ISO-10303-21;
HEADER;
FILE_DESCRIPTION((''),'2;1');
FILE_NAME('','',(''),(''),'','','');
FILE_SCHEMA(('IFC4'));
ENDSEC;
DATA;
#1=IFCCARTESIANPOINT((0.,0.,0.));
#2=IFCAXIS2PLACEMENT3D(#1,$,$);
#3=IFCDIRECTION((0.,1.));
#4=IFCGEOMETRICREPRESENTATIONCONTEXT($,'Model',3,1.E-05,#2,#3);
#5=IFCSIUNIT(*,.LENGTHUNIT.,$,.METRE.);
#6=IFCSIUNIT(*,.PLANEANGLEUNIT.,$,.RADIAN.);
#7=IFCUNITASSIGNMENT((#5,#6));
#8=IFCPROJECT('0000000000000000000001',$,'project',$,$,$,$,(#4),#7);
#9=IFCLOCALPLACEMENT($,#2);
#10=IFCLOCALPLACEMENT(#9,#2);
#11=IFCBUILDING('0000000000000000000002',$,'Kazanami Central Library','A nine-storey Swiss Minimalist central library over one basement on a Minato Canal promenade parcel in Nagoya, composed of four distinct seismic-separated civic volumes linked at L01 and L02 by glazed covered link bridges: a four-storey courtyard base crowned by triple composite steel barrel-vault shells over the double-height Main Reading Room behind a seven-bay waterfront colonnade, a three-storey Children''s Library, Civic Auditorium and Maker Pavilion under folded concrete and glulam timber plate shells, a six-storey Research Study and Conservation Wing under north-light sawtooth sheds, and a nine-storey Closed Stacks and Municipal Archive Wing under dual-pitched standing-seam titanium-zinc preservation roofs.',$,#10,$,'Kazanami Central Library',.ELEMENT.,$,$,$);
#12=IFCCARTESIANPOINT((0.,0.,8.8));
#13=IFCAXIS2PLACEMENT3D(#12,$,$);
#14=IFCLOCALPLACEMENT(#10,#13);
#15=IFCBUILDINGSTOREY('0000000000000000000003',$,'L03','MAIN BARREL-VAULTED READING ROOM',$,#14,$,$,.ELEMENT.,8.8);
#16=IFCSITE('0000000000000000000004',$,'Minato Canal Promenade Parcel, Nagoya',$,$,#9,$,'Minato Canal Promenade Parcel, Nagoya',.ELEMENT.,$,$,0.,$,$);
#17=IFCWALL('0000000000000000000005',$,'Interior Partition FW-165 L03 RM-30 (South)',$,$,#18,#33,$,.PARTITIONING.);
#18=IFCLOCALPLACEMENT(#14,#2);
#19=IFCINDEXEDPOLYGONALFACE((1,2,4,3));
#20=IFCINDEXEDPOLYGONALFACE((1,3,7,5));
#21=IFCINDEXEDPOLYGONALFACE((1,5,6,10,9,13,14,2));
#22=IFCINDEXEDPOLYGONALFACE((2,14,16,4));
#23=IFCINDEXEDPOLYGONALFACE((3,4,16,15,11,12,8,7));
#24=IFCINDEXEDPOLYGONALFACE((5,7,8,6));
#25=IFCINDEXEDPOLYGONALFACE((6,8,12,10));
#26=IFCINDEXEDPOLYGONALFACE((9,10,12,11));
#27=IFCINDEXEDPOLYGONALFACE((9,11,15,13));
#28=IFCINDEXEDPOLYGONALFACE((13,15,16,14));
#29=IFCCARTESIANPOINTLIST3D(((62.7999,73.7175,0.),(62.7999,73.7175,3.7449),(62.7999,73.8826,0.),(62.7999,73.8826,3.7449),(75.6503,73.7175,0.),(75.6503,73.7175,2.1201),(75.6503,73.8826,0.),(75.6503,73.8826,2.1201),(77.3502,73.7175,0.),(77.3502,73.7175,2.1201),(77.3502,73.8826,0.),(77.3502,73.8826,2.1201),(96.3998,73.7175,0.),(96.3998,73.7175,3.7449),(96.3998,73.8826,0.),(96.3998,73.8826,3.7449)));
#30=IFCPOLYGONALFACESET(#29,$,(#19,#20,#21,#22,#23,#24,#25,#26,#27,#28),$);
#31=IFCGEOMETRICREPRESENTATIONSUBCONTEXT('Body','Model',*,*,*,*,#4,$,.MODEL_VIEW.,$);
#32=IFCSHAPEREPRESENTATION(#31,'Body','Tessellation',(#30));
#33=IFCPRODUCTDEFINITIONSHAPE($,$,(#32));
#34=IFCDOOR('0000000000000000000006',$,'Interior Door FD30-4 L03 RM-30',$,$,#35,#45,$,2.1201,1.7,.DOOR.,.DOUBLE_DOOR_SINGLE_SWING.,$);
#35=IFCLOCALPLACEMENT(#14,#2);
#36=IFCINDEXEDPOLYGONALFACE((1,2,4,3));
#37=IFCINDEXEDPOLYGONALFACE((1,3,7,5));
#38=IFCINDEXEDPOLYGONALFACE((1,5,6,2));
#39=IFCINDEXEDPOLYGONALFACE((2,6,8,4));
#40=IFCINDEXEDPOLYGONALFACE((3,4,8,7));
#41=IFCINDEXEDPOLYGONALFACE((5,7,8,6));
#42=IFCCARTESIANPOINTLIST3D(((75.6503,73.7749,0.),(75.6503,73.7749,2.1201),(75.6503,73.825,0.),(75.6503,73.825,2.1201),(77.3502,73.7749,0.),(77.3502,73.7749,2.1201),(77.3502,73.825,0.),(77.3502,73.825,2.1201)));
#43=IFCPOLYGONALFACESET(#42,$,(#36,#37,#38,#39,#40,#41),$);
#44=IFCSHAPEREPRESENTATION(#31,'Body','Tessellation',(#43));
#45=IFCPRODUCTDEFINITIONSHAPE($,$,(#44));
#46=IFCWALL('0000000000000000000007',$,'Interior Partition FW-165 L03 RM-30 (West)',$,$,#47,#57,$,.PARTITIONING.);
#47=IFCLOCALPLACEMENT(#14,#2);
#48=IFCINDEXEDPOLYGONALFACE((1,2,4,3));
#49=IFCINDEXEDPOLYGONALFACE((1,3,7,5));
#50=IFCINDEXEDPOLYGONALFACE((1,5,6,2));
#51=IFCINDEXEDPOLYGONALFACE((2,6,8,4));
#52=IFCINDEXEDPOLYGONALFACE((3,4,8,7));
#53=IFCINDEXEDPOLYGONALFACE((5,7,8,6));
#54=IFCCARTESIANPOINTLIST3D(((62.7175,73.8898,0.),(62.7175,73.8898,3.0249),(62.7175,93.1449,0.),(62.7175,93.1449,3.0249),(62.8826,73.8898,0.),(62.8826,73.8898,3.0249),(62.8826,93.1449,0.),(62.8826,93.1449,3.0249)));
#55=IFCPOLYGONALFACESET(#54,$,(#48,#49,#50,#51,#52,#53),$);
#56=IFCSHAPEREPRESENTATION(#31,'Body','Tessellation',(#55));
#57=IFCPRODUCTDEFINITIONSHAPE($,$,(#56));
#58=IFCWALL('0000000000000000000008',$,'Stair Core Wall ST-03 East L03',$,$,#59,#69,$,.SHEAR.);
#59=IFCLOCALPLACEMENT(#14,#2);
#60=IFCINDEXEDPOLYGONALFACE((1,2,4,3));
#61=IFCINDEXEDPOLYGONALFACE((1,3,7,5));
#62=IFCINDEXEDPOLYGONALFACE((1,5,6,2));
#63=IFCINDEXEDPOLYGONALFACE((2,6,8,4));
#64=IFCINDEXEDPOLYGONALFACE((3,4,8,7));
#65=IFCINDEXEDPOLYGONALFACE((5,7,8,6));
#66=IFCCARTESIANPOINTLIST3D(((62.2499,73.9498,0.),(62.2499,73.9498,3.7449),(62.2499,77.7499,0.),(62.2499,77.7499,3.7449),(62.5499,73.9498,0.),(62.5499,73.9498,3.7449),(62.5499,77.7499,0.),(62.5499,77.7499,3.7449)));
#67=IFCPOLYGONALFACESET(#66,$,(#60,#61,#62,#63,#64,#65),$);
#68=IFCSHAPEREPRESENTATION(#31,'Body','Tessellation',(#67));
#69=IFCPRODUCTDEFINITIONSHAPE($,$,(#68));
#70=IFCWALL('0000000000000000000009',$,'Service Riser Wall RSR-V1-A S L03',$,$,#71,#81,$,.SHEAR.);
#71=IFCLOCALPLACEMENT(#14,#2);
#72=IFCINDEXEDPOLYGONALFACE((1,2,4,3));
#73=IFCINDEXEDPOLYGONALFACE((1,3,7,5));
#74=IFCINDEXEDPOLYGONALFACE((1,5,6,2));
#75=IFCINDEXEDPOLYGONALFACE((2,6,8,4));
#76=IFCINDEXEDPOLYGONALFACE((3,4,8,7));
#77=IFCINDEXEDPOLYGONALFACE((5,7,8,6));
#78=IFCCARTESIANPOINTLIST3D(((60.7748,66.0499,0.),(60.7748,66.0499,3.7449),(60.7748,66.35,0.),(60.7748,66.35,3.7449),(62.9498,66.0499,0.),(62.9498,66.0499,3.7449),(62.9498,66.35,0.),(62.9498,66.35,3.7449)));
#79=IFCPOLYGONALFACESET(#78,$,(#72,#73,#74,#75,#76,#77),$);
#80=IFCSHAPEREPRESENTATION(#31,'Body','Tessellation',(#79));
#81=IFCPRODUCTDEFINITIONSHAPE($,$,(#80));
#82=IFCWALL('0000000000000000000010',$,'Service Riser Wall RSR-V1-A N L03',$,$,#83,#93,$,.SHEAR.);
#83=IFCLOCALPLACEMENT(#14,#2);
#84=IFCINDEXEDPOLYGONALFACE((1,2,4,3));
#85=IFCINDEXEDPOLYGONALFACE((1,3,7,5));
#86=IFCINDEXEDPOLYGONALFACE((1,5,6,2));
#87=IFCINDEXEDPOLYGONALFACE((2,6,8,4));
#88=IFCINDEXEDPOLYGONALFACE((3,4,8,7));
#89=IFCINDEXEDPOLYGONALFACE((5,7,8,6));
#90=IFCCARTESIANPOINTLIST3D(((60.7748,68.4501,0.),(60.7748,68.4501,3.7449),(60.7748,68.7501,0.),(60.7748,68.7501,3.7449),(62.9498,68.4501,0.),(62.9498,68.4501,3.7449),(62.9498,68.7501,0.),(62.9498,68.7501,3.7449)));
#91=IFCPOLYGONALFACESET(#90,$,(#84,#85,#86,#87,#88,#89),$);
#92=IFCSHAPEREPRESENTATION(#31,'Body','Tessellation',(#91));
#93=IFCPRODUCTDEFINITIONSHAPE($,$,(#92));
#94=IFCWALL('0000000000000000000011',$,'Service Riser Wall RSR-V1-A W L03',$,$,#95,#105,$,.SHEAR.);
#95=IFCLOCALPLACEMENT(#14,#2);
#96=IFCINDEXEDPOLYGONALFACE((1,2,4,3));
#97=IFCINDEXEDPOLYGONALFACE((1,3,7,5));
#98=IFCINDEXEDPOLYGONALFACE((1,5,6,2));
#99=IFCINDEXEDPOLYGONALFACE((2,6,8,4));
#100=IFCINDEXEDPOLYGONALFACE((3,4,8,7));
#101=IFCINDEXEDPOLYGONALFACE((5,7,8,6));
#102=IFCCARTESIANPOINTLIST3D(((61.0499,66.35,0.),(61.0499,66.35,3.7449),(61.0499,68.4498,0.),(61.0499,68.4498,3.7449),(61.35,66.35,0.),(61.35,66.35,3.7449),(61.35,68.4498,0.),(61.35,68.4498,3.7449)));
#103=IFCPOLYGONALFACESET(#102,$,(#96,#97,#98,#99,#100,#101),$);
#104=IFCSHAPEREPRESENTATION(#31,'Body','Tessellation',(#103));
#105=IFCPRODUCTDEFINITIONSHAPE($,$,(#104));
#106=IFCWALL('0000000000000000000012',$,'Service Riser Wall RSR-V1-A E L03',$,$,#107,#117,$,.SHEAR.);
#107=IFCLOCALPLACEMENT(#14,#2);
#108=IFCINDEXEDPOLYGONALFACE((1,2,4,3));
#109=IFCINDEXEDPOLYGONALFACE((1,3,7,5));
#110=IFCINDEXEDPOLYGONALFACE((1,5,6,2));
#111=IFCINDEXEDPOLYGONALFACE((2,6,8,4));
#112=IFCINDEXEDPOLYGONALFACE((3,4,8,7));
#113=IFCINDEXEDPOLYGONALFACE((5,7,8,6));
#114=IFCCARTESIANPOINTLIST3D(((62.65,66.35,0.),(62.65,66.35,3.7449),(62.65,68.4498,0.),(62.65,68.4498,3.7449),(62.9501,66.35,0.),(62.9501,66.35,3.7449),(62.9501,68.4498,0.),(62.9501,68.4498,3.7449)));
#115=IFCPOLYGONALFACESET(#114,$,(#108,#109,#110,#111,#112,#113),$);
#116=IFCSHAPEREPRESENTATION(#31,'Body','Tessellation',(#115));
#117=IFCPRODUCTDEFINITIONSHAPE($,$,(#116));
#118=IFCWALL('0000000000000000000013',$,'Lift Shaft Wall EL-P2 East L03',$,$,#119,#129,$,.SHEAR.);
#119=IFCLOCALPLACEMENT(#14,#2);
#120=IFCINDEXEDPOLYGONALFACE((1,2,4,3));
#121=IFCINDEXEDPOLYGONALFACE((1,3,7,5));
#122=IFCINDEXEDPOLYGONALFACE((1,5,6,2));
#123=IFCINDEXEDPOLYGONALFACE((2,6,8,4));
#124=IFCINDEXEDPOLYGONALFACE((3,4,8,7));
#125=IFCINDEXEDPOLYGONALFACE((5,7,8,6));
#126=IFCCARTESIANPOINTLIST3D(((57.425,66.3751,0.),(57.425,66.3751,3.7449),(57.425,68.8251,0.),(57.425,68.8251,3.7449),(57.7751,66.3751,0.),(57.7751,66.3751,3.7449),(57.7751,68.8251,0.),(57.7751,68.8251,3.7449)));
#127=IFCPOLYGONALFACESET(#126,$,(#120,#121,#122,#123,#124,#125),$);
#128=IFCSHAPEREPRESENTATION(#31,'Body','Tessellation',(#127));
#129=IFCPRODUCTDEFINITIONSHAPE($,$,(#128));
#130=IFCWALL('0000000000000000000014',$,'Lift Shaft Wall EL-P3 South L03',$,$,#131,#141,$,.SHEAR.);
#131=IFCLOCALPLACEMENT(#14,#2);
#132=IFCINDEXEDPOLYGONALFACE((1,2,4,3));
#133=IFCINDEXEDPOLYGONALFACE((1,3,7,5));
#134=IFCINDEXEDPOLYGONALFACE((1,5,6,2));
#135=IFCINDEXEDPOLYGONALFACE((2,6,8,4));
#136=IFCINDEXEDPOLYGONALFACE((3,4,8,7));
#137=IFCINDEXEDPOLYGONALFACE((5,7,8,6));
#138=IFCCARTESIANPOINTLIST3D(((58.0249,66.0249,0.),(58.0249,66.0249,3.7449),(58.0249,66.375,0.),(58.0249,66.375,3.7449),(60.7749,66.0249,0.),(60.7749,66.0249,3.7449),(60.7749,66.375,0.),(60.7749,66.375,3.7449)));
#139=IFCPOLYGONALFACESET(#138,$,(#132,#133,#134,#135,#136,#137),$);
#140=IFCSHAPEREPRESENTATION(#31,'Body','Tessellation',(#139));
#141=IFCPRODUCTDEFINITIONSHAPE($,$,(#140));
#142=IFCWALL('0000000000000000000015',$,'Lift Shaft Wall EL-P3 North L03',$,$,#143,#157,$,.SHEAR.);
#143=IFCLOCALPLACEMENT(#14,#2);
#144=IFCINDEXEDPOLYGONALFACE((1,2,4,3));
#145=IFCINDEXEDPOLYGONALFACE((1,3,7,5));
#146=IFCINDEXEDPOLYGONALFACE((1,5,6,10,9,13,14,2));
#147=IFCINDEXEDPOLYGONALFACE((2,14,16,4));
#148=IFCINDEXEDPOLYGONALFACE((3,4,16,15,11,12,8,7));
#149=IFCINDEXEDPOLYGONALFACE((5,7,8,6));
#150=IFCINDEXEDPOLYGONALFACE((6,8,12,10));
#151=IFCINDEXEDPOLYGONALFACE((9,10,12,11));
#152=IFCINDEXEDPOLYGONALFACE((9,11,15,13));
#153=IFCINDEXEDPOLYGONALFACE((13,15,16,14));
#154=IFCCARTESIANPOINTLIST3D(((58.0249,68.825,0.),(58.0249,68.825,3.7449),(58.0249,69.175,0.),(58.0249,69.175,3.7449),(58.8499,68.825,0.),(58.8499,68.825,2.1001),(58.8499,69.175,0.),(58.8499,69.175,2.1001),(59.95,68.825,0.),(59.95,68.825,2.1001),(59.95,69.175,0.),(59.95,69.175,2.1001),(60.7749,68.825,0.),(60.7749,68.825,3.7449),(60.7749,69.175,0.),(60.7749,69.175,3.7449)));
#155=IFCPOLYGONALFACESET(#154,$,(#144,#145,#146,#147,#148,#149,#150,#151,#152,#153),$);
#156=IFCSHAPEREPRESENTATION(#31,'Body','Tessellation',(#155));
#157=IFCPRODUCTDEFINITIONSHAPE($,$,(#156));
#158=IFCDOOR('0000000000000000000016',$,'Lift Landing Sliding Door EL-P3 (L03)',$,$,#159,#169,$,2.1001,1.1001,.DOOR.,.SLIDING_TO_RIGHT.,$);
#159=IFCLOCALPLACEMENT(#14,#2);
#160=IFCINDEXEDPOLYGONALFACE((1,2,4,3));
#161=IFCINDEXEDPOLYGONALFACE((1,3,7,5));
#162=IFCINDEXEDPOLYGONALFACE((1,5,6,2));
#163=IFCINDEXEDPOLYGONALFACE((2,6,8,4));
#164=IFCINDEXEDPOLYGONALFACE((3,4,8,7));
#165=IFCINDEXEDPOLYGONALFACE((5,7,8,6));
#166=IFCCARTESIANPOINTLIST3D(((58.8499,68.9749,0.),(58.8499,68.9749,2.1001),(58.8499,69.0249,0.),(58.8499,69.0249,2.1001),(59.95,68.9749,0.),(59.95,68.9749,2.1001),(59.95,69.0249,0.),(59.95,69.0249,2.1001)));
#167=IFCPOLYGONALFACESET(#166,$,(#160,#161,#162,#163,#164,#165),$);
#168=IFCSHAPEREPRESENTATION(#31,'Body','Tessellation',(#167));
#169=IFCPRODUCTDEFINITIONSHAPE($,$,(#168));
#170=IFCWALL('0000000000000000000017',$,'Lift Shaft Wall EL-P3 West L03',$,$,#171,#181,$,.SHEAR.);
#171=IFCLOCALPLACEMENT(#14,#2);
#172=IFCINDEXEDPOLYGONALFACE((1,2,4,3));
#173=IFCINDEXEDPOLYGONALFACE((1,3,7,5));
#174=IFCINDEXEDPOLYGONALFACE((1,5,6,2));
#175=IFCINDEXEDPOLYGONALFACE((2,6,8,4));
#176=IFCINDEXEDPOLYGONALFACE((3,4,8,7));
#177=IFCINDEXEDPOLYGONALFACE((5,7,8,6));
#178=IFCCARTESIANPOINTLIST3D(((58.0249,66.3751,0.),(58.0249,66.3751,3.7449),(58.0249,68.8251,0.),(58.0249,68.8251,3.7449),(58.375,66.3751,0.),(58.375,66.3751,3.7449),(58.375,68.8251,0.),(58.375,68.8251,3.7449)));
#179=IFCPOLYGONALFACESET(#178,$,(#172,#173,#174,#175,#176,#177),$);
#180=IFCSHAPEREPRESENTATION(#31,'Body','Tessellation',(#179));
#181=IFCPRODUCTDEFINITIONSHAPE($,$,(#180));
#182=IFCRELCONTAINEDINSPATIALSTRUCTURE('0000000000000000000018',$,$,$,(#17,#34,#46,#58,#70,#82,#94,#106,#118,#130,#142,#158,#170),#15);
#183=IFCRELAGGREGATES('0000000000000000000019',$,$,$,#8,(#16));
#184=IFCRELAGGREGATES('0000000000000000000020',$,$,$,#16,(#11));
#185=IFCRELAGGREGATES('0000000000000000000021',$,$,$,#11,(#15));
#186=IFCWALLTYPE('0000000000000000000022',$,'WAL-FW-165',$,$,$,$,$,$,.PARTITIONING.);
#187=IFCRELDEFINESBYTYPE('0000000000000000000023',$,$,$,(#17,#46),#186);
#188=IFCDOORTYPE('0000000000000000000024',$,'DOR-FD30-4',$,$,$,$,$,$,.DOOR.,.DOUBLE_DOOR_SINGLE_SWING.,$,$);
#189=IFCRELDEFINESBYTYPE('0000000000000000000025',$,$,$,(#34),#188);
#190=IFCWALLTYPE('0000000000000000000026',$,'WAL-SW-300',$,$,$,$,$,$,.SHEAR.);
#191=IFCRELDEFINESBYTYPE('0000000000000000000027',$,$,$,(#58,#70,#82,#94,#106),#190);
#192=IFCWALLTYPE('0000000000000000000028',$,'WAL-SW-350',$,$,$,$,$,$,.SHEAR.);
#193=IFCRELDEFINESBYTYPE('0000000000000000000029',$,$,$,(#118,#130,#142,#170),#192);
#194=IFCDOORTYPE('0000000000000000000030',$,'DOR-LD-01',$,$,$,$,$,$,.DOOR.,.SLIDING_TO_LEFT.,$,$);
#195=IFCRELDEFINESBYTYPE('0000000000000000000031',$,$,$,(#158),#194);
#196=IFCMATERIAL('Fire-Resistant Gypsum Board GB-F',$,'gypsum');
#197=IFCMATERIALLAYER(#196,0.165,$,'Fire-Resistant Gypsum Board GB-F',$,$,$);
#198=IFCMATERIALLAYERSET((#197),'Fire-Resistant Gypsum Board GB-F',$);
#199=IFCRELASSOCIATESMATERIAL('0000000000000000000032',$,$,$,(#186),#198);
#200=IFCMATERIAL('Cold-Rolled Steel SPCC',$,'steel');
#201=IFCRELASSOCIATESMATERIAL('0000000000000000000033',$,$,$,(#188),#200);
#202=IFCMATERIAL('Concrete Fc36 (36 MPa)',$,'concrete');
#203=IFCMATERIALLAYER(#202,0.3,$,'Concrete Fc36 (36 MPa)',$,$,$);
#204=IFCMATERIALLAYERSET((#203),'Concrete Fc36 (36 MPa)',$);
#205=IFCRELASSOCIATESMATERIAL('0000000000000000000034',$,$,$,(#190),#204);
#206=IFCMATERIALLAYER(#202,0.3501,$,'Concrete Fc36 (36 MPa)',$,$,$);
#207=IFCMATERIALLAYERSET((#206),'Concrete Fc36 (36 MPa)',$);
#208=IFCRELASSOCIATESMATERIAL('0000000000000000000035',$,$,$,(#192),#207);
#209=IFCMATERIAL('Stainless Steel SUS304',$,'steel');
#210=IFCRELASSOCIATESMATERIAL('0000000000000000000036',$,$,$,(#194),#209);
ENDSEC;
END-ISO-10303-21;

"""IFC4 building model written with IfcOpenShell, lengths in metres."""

from ifc_helpers import new_model, si_unit, direction, frame, frame_2d, origin, place, context, subcontext, project, spatial, rectangle, extrude, material, layer, layer_set, type_object, element, fill, save


model = new_model("IFC4")

# Units and contexts
model_context = context("Model", 3, precision=1e-05, world=origin(), true_north=direction((0.0, 1.0)))
body_context = subcontext(model_context, "Body", "Model", "MODEL_VIEW")
ifc_project = project(units=[si_unit("LENGTHUNIT", "METRE"), si_unit("PLANEANGLEUNIT", "RADIAN")], contexts=[model_context])

# Site, building, storey
site_placement = place(None, origin())
site = spatial("IfcSite", under=ifc_project, at=site_placement, Name="Minato Canal Promenade Parcel, Nagoya", LongName="Minato Canal Promenade Parcel, Nagoya", CompositionType="ELEMENT", RefElevation=0.0)
building_placement = place(site_placement, origin())
building = spatial("IfcBuilding", under=site, at=building_placement, Name="Kazanami Central Library", Description="A nine-storey Swiss Minimalist central library over one basement on a Minato Canal promenade parcel in Nagoya, composed of four distinct seismic-separated civic volumes linked at L01 and L02 by glazed covered link bridges: a four-storey courtyard base crowned by triple composite steel barrel-vault shells over the double-height Main Reading Room behind a seven-bay waterfront colonnade, a three-storey Children's Library, Civic Auditorium and Maker Pavilion under folded concrete and glulam timber plate shells, a six-storey Research Study and Conservation Wing under north-light sawtooth sheds, and a nine-storey Closed Stacks and Municipal Archive Wing under dual-pitched standing-seam titanium-zinc preservation roofs.", LongName="Kazanami Central Library", CompositionType="ELEMENT")
storey_placement = place(building_placement, frame((0.0, 0.0, 8.8)))
storey = spatial("IfcBuildingStorey", under=building, at=storey_placement, Name="L03", Description="MAIN BARREL-VAULTED READING ROOM", CompositionType="ELEMENT", Elevation=8.8)

# Wall, opening, door
ifc_material_1 = material(Name="Fire-Resistant Gypsum Board GB-F", Category="gypsum")
ifc_layer_1 = layer(ifc_material_1, 0.165, Name="Fire-Resistant Gypsum Board GB-F")
ifc_layer_set_1 = layer_set([ifc_layer_1], Name="Fire-Resistant Gypsum Board GB-F")
wall_type_1 = type_object("IfcWallType", Name="WAL-FW-165", PredefinedType="PARTITIONING", material=ifc_layer_set_1)
wall_1_placement = place(storey_placement, frame((62.8, 73.8, 0.0), z_axis=(0.0, 0.0, 1.0), x_axis=(1.0, 0.0, 0.0)))
wall_1 = element("IfcWall", 1, at=wall_1_placement, inside=storey, type_object=wall_type_1, Name="Interior Partition FW-165 L03 RM-30 (South)", PredefinedType="PARTITIONING", context=body_context, shape_type="SweptSolid", body=[
    extrude(rectangle(XDim=33.5999, YDim=0.165, at=frame_2d((16.7998, 0.0))), origin(), (0.0, 0.0, 1.0), 3.7449),
])
opening_1_placement = place(wall_1_placement, frame((12.8501, 0.0, 0.0)))
opening_1 = element("IfcOpeningElement", 2, at=opening_1_placement, cuts=wall_1, PredefinedType="OPENING", context=body_context, shape_type="SweptSolid", body=[
    extrude(rectangle(XDim=1.7, YDim=2.1201, at=frame_2d((0.8501, 1.0601))), frame((0.0, 0.0945, 0.0), z_axis=(0.0, -1.0, 0.0), x_axis=(1.0, 0.0, 0.0)), (0.0, 0.0, 1.0), 0.189),
])
ifc_material_2 = material(Name="Cold-Rolled Steel SPCC", Category="steel")
door_type_1 = type_object("IfcDoorType", Name="DOR-FD30-4", OperationType="DOUBLE_DOOR_SINGLE_SWING", PredefinedType="DOOR", material=ifc_material_2)
door_1_placement = place(opening_1_placement, origin())
door_1 = element("IfcDoor", 3, at=door_1_placement, inside=storey, type_object=door_type_1, Name="Interior Door FD30-4 L03 RM-30", OperationType="DOUBLE_DOOR_SINGLE_SWING", OverallHeight=2.1201, OverallWidth=1.7, PredefinedType="DOOR", context=body_context, shape_type="SweptSolid", body=[
    extrude(rectangle(XDim=1.7, YDim=2.1201, at=frame_2d((0.8501, 1.0601))), frame((0.0, 0.0249, 0.0), z_axis=(0.0, -1.0, 0.0), x_axis=(1.0, 0.0, 0.0)), (0.0, 0.0, 1.0), 0.05),
])
fill(opening_1, door_1)

# Walls
wall_2_placement = place(storey_placement, frame((62.8, 73.8899, 0.0), z_axis=(0.0, 0.0, 1.0), x_axis=(0.0, 1.0, 0.0)))
element("IfcWall", 4, at=wall_2_placement, inside=storey, type_object=wall_type_1, Name="Interior Partition FW-165 L03 RM-30 (West)", PredefinedType="PARTITIONING", context=body_context, shape_type="SweptSolid", body=[
    extrude(rectangle(XDim=19.2551, YDim=0.165, at=frame_2d((9.6274, 0.0))), origin(), (0.0, 0.0, 1.0), 3.0249),
])
ifc_material_3 = material(Name="Concrete Fc36 (36 MPa)", Category="concrete")
ifc_layer_2 = layer(ifc_material_3, 0.3, Name="Concrete Fc36 (36 MPa)")
ifc_layer_set_2 = layer_set([ifc_layer_2], Name="Concrete Fc36 (36 MPa)")
wall_type_2 = type_object("IfcWallType", Name="WAL-SW-300", PredefinedType="SHEAR", material=ifc_layer_set_2)
wall_3_placement = place(storey_placement, frame((62.3999, 73.95, 0.0), z_axis=(0.0, 0.0, 1.0), x_axis=(0.0, 1.0, 0.0)))
element("IfcWall", 5, at=wall_3_placement, inside=storey, type_object=wall_type_2, Name="Stair Core Wall ST-03 East L03", PredefinedType="SHEAR", context=body_context, shape_type="SweptSolid", body=[
    extrude(rectangle(XDim=3.8, YDim=0.3, at=frame_2d((1.8999, 0.0))), origin(), (0.0, 0.0, 1.0), 3.7449),
])
for number, where, z_axis, x_axis, name in (
    (6, (60.7749, 66.2, 0.0), (0.0, 0.0, 1.0), (1.0, 0.0, 0.0), "Service Riser Wall RSR-V1-A S L03"),
    (7, (60.7749, 68.6001, 0.0), (0.0, 0.0, 1.0), (1.0, 0.0, 0.0), "Service Riser Wall RSR-V1-A N L03"),
):
    element("IfcWall", number, at=place(storey_placement, frame(where, z_axis=z_axis, x_axis=x_axis)), inside=storey, type_object=wall_type_2, Name=name, PredefinedType="SHEAR", context=body_context, shape_type="SweptSolid", body=[
        extrude(rectangle(XDim=2.175, YDim=0.3, at=frame_2d((1.0874, 0.0))), origin(), (0.0, 0.0, 1.0), 3.7449),
    ])
for number, where, z_axis, x_axis, name in (
    (8, (61.2, 66.3501, 0.0), (0.0, 0.0, 1.0), (0.0, 1.0, 0.0), "Service Riser Wall RSR-V1-A W L03"),
    (9, (62.8, 66.3501, 0.0), (0.0, 0.0, 1.0), (0.0, 1.0, 0.0), "Service Riser Wall RSR-V1-A E L03"),
):
    element("IfcWall", number, at=place(storey_placement, frame(where, z_axis=z_axis, x_axis=x_axis)), inside=storey, type_object=wall_type_2, Name=name, PredefinedType="SHEAR", context=body_context, shape_type="SweptSolid", body=[
        extrude(rectangle(XDim=2.0999, YDim=0.3, at=frame_2d((1.0498, 0.0))), origin(), (0.0, 0.0, 1.0), 3.7449),
    ])
ifc_layer_3 = layer(ifc_material_3, 0.3501, Name="Concrete Fc36 (36 MPa)")
ifc_layer_set_3 = layer_set([ifc_layer_3], Name="Concrete Fc36 (36 MPa)")
wall_type_3 = type_object("IfcWallType", Name="WAL-SW-350", PredefinedType="SHEAR", material=ifc_layer_set_3)
wall_4_placement = place(storey_placement, frame((57.6001, 66.375, 0.0), z_axis=(0.0, 0.0, 1.0), x_axis=(0.0, 1.0, 0.0)))
element("IfcWall", 10, at=wall_4_placement, inside=storey, type_object=wall_type_3, Name="Lift Shaft Wall EL-P2 East L03", PredefinedType="SHEAR", context=body_context, shape_type="SweptSolid", body=[
    extrude(rectangle(XDim=2.45, YDim=0.3501, at=frame_2d((1.2251, 0.0))), origin(), (0.0, 0.0, 1.0), 3.7449),
])
wall_5_placement = place(storey_placement, frame((58.0249, 66.2, 0.0), z_axis=(0.0, 0.0, 1.0), x_axis=(1.0, 0.0, 0.0)))
element("IfcWall", 11, at=wall_5_placement, inside=storey, type_object=wall_type_3, Name="Lift Shaft Wall EL-P3 South L03", PredefinedType="SHEAR", context=body_context, shape_type="SweptSolid", body=[
    extrude(rectangle(XDim=2.75, YDim=0.3501, at=frame_2d((1.375, 0.0))), origin(), (0.0, 0.0, 1.0), 3.7449),
])

# Wall, opening, door
wall_6_placement = place(storey_placement, frame((58.0249, 69.0, 0.0), z_axis=(0.0, 0.0, 1.0), x_axis=(1.0, 0.0, 0.0)))
wall_6 = element("IfcWall", 12, at=wall_6_placement, inside=storey, type_object=wall_type_3, Name="Lift Shaft Wall EL-P3 North L03", PredefinedType="SHEAR", context=body_context, shape_type="SweptSolid", body=[
    extrude(rectangle(XDim=2.75, YDim=0.3501, at=frame_2d((1.375, 0.0))), origin(), (0.0, 0.0, 1.0), 3.7449),
])
opening_2_placement = place(wall_6_placement, frame((0.825, 0.0, 0.0)))
opening_2 = element("IfcOpeningElement", 13, at=opening_2_placement, cuts=wall_6, PredefinedType="OPENING", context=body_context, shape_type="SweptSolid", body=[
    extrude(rectangle(XDim=1.1001, YDim=2.1001, at=frame_2d((0.55, 1.05))), frame((0.0, 0.187, 0.0), z_axis=(0.0, -1.0, 0.0), x_axis=(1.0, 0.0, 0.0)), (0.0, 0.0, 1.0), 0.374),
])
ifc_material_4 = material(Name="Stainless Steel SUS304", Category="steel")
door_type_2 = type_object("IfcDoorType", Name="DOR-LD-01", OperationType="SLIDING_TO_LEFT", PredefinedType="DOOR", material=ifc_material_4)
door_2_placement = place(opening_2_placement, origin())
door_2 = element("IfcDoor", 14, at=door_2_placement, inside=storey, type_object=door_type_2, Name="Lift Landing Sliding Door EL-P3 (L03)", OperationType="SLIDING_TO_RIGHT", OverallHeight=2.1001, OverallWidth=1.1001, PredefinedType="DOOR", context=body_context, shape_type="SweptSolid", body=[
    extrude(rectangle(XDim=1.1001, YDim=2.1001, at=frame_2d((0.55, 1.05))), frame((0.0, 0.0249, 0.0), z_axis=(0.0, -1.0, 0.0), x_axis=(1.0, 0.0, 0.0)), (0.0, 0.0, 1.0), 0.05),
])
fill(opening_2, door_2)

# Wall
for number, where, z_axis, x_axis, name in (
    (15, (58.2, 66.375, 0.0), (0.0, 0.0, 1.0), (0.0, 1.0, 0.0), "Lift Shaft Wall EL-P3 West L03"),
):
    element("IfcWall", number, at=place(storey_placement, frame(where, z_axis=z_axis, x_axis=x_axis)), inside=storey, type_object=wall_type_3, Name=name, PredefinedType="SHEAR", context=body_context, shape_type="SweptSolid", body=[
        extrude(rectangle(XDim=2.45, YDim=0.3501, at=frame_2d((1.2251, 0.0))), origin(), (0.0, 0.0, 1.0), 3.7449),
    ])

save(model, "model.ifc")
